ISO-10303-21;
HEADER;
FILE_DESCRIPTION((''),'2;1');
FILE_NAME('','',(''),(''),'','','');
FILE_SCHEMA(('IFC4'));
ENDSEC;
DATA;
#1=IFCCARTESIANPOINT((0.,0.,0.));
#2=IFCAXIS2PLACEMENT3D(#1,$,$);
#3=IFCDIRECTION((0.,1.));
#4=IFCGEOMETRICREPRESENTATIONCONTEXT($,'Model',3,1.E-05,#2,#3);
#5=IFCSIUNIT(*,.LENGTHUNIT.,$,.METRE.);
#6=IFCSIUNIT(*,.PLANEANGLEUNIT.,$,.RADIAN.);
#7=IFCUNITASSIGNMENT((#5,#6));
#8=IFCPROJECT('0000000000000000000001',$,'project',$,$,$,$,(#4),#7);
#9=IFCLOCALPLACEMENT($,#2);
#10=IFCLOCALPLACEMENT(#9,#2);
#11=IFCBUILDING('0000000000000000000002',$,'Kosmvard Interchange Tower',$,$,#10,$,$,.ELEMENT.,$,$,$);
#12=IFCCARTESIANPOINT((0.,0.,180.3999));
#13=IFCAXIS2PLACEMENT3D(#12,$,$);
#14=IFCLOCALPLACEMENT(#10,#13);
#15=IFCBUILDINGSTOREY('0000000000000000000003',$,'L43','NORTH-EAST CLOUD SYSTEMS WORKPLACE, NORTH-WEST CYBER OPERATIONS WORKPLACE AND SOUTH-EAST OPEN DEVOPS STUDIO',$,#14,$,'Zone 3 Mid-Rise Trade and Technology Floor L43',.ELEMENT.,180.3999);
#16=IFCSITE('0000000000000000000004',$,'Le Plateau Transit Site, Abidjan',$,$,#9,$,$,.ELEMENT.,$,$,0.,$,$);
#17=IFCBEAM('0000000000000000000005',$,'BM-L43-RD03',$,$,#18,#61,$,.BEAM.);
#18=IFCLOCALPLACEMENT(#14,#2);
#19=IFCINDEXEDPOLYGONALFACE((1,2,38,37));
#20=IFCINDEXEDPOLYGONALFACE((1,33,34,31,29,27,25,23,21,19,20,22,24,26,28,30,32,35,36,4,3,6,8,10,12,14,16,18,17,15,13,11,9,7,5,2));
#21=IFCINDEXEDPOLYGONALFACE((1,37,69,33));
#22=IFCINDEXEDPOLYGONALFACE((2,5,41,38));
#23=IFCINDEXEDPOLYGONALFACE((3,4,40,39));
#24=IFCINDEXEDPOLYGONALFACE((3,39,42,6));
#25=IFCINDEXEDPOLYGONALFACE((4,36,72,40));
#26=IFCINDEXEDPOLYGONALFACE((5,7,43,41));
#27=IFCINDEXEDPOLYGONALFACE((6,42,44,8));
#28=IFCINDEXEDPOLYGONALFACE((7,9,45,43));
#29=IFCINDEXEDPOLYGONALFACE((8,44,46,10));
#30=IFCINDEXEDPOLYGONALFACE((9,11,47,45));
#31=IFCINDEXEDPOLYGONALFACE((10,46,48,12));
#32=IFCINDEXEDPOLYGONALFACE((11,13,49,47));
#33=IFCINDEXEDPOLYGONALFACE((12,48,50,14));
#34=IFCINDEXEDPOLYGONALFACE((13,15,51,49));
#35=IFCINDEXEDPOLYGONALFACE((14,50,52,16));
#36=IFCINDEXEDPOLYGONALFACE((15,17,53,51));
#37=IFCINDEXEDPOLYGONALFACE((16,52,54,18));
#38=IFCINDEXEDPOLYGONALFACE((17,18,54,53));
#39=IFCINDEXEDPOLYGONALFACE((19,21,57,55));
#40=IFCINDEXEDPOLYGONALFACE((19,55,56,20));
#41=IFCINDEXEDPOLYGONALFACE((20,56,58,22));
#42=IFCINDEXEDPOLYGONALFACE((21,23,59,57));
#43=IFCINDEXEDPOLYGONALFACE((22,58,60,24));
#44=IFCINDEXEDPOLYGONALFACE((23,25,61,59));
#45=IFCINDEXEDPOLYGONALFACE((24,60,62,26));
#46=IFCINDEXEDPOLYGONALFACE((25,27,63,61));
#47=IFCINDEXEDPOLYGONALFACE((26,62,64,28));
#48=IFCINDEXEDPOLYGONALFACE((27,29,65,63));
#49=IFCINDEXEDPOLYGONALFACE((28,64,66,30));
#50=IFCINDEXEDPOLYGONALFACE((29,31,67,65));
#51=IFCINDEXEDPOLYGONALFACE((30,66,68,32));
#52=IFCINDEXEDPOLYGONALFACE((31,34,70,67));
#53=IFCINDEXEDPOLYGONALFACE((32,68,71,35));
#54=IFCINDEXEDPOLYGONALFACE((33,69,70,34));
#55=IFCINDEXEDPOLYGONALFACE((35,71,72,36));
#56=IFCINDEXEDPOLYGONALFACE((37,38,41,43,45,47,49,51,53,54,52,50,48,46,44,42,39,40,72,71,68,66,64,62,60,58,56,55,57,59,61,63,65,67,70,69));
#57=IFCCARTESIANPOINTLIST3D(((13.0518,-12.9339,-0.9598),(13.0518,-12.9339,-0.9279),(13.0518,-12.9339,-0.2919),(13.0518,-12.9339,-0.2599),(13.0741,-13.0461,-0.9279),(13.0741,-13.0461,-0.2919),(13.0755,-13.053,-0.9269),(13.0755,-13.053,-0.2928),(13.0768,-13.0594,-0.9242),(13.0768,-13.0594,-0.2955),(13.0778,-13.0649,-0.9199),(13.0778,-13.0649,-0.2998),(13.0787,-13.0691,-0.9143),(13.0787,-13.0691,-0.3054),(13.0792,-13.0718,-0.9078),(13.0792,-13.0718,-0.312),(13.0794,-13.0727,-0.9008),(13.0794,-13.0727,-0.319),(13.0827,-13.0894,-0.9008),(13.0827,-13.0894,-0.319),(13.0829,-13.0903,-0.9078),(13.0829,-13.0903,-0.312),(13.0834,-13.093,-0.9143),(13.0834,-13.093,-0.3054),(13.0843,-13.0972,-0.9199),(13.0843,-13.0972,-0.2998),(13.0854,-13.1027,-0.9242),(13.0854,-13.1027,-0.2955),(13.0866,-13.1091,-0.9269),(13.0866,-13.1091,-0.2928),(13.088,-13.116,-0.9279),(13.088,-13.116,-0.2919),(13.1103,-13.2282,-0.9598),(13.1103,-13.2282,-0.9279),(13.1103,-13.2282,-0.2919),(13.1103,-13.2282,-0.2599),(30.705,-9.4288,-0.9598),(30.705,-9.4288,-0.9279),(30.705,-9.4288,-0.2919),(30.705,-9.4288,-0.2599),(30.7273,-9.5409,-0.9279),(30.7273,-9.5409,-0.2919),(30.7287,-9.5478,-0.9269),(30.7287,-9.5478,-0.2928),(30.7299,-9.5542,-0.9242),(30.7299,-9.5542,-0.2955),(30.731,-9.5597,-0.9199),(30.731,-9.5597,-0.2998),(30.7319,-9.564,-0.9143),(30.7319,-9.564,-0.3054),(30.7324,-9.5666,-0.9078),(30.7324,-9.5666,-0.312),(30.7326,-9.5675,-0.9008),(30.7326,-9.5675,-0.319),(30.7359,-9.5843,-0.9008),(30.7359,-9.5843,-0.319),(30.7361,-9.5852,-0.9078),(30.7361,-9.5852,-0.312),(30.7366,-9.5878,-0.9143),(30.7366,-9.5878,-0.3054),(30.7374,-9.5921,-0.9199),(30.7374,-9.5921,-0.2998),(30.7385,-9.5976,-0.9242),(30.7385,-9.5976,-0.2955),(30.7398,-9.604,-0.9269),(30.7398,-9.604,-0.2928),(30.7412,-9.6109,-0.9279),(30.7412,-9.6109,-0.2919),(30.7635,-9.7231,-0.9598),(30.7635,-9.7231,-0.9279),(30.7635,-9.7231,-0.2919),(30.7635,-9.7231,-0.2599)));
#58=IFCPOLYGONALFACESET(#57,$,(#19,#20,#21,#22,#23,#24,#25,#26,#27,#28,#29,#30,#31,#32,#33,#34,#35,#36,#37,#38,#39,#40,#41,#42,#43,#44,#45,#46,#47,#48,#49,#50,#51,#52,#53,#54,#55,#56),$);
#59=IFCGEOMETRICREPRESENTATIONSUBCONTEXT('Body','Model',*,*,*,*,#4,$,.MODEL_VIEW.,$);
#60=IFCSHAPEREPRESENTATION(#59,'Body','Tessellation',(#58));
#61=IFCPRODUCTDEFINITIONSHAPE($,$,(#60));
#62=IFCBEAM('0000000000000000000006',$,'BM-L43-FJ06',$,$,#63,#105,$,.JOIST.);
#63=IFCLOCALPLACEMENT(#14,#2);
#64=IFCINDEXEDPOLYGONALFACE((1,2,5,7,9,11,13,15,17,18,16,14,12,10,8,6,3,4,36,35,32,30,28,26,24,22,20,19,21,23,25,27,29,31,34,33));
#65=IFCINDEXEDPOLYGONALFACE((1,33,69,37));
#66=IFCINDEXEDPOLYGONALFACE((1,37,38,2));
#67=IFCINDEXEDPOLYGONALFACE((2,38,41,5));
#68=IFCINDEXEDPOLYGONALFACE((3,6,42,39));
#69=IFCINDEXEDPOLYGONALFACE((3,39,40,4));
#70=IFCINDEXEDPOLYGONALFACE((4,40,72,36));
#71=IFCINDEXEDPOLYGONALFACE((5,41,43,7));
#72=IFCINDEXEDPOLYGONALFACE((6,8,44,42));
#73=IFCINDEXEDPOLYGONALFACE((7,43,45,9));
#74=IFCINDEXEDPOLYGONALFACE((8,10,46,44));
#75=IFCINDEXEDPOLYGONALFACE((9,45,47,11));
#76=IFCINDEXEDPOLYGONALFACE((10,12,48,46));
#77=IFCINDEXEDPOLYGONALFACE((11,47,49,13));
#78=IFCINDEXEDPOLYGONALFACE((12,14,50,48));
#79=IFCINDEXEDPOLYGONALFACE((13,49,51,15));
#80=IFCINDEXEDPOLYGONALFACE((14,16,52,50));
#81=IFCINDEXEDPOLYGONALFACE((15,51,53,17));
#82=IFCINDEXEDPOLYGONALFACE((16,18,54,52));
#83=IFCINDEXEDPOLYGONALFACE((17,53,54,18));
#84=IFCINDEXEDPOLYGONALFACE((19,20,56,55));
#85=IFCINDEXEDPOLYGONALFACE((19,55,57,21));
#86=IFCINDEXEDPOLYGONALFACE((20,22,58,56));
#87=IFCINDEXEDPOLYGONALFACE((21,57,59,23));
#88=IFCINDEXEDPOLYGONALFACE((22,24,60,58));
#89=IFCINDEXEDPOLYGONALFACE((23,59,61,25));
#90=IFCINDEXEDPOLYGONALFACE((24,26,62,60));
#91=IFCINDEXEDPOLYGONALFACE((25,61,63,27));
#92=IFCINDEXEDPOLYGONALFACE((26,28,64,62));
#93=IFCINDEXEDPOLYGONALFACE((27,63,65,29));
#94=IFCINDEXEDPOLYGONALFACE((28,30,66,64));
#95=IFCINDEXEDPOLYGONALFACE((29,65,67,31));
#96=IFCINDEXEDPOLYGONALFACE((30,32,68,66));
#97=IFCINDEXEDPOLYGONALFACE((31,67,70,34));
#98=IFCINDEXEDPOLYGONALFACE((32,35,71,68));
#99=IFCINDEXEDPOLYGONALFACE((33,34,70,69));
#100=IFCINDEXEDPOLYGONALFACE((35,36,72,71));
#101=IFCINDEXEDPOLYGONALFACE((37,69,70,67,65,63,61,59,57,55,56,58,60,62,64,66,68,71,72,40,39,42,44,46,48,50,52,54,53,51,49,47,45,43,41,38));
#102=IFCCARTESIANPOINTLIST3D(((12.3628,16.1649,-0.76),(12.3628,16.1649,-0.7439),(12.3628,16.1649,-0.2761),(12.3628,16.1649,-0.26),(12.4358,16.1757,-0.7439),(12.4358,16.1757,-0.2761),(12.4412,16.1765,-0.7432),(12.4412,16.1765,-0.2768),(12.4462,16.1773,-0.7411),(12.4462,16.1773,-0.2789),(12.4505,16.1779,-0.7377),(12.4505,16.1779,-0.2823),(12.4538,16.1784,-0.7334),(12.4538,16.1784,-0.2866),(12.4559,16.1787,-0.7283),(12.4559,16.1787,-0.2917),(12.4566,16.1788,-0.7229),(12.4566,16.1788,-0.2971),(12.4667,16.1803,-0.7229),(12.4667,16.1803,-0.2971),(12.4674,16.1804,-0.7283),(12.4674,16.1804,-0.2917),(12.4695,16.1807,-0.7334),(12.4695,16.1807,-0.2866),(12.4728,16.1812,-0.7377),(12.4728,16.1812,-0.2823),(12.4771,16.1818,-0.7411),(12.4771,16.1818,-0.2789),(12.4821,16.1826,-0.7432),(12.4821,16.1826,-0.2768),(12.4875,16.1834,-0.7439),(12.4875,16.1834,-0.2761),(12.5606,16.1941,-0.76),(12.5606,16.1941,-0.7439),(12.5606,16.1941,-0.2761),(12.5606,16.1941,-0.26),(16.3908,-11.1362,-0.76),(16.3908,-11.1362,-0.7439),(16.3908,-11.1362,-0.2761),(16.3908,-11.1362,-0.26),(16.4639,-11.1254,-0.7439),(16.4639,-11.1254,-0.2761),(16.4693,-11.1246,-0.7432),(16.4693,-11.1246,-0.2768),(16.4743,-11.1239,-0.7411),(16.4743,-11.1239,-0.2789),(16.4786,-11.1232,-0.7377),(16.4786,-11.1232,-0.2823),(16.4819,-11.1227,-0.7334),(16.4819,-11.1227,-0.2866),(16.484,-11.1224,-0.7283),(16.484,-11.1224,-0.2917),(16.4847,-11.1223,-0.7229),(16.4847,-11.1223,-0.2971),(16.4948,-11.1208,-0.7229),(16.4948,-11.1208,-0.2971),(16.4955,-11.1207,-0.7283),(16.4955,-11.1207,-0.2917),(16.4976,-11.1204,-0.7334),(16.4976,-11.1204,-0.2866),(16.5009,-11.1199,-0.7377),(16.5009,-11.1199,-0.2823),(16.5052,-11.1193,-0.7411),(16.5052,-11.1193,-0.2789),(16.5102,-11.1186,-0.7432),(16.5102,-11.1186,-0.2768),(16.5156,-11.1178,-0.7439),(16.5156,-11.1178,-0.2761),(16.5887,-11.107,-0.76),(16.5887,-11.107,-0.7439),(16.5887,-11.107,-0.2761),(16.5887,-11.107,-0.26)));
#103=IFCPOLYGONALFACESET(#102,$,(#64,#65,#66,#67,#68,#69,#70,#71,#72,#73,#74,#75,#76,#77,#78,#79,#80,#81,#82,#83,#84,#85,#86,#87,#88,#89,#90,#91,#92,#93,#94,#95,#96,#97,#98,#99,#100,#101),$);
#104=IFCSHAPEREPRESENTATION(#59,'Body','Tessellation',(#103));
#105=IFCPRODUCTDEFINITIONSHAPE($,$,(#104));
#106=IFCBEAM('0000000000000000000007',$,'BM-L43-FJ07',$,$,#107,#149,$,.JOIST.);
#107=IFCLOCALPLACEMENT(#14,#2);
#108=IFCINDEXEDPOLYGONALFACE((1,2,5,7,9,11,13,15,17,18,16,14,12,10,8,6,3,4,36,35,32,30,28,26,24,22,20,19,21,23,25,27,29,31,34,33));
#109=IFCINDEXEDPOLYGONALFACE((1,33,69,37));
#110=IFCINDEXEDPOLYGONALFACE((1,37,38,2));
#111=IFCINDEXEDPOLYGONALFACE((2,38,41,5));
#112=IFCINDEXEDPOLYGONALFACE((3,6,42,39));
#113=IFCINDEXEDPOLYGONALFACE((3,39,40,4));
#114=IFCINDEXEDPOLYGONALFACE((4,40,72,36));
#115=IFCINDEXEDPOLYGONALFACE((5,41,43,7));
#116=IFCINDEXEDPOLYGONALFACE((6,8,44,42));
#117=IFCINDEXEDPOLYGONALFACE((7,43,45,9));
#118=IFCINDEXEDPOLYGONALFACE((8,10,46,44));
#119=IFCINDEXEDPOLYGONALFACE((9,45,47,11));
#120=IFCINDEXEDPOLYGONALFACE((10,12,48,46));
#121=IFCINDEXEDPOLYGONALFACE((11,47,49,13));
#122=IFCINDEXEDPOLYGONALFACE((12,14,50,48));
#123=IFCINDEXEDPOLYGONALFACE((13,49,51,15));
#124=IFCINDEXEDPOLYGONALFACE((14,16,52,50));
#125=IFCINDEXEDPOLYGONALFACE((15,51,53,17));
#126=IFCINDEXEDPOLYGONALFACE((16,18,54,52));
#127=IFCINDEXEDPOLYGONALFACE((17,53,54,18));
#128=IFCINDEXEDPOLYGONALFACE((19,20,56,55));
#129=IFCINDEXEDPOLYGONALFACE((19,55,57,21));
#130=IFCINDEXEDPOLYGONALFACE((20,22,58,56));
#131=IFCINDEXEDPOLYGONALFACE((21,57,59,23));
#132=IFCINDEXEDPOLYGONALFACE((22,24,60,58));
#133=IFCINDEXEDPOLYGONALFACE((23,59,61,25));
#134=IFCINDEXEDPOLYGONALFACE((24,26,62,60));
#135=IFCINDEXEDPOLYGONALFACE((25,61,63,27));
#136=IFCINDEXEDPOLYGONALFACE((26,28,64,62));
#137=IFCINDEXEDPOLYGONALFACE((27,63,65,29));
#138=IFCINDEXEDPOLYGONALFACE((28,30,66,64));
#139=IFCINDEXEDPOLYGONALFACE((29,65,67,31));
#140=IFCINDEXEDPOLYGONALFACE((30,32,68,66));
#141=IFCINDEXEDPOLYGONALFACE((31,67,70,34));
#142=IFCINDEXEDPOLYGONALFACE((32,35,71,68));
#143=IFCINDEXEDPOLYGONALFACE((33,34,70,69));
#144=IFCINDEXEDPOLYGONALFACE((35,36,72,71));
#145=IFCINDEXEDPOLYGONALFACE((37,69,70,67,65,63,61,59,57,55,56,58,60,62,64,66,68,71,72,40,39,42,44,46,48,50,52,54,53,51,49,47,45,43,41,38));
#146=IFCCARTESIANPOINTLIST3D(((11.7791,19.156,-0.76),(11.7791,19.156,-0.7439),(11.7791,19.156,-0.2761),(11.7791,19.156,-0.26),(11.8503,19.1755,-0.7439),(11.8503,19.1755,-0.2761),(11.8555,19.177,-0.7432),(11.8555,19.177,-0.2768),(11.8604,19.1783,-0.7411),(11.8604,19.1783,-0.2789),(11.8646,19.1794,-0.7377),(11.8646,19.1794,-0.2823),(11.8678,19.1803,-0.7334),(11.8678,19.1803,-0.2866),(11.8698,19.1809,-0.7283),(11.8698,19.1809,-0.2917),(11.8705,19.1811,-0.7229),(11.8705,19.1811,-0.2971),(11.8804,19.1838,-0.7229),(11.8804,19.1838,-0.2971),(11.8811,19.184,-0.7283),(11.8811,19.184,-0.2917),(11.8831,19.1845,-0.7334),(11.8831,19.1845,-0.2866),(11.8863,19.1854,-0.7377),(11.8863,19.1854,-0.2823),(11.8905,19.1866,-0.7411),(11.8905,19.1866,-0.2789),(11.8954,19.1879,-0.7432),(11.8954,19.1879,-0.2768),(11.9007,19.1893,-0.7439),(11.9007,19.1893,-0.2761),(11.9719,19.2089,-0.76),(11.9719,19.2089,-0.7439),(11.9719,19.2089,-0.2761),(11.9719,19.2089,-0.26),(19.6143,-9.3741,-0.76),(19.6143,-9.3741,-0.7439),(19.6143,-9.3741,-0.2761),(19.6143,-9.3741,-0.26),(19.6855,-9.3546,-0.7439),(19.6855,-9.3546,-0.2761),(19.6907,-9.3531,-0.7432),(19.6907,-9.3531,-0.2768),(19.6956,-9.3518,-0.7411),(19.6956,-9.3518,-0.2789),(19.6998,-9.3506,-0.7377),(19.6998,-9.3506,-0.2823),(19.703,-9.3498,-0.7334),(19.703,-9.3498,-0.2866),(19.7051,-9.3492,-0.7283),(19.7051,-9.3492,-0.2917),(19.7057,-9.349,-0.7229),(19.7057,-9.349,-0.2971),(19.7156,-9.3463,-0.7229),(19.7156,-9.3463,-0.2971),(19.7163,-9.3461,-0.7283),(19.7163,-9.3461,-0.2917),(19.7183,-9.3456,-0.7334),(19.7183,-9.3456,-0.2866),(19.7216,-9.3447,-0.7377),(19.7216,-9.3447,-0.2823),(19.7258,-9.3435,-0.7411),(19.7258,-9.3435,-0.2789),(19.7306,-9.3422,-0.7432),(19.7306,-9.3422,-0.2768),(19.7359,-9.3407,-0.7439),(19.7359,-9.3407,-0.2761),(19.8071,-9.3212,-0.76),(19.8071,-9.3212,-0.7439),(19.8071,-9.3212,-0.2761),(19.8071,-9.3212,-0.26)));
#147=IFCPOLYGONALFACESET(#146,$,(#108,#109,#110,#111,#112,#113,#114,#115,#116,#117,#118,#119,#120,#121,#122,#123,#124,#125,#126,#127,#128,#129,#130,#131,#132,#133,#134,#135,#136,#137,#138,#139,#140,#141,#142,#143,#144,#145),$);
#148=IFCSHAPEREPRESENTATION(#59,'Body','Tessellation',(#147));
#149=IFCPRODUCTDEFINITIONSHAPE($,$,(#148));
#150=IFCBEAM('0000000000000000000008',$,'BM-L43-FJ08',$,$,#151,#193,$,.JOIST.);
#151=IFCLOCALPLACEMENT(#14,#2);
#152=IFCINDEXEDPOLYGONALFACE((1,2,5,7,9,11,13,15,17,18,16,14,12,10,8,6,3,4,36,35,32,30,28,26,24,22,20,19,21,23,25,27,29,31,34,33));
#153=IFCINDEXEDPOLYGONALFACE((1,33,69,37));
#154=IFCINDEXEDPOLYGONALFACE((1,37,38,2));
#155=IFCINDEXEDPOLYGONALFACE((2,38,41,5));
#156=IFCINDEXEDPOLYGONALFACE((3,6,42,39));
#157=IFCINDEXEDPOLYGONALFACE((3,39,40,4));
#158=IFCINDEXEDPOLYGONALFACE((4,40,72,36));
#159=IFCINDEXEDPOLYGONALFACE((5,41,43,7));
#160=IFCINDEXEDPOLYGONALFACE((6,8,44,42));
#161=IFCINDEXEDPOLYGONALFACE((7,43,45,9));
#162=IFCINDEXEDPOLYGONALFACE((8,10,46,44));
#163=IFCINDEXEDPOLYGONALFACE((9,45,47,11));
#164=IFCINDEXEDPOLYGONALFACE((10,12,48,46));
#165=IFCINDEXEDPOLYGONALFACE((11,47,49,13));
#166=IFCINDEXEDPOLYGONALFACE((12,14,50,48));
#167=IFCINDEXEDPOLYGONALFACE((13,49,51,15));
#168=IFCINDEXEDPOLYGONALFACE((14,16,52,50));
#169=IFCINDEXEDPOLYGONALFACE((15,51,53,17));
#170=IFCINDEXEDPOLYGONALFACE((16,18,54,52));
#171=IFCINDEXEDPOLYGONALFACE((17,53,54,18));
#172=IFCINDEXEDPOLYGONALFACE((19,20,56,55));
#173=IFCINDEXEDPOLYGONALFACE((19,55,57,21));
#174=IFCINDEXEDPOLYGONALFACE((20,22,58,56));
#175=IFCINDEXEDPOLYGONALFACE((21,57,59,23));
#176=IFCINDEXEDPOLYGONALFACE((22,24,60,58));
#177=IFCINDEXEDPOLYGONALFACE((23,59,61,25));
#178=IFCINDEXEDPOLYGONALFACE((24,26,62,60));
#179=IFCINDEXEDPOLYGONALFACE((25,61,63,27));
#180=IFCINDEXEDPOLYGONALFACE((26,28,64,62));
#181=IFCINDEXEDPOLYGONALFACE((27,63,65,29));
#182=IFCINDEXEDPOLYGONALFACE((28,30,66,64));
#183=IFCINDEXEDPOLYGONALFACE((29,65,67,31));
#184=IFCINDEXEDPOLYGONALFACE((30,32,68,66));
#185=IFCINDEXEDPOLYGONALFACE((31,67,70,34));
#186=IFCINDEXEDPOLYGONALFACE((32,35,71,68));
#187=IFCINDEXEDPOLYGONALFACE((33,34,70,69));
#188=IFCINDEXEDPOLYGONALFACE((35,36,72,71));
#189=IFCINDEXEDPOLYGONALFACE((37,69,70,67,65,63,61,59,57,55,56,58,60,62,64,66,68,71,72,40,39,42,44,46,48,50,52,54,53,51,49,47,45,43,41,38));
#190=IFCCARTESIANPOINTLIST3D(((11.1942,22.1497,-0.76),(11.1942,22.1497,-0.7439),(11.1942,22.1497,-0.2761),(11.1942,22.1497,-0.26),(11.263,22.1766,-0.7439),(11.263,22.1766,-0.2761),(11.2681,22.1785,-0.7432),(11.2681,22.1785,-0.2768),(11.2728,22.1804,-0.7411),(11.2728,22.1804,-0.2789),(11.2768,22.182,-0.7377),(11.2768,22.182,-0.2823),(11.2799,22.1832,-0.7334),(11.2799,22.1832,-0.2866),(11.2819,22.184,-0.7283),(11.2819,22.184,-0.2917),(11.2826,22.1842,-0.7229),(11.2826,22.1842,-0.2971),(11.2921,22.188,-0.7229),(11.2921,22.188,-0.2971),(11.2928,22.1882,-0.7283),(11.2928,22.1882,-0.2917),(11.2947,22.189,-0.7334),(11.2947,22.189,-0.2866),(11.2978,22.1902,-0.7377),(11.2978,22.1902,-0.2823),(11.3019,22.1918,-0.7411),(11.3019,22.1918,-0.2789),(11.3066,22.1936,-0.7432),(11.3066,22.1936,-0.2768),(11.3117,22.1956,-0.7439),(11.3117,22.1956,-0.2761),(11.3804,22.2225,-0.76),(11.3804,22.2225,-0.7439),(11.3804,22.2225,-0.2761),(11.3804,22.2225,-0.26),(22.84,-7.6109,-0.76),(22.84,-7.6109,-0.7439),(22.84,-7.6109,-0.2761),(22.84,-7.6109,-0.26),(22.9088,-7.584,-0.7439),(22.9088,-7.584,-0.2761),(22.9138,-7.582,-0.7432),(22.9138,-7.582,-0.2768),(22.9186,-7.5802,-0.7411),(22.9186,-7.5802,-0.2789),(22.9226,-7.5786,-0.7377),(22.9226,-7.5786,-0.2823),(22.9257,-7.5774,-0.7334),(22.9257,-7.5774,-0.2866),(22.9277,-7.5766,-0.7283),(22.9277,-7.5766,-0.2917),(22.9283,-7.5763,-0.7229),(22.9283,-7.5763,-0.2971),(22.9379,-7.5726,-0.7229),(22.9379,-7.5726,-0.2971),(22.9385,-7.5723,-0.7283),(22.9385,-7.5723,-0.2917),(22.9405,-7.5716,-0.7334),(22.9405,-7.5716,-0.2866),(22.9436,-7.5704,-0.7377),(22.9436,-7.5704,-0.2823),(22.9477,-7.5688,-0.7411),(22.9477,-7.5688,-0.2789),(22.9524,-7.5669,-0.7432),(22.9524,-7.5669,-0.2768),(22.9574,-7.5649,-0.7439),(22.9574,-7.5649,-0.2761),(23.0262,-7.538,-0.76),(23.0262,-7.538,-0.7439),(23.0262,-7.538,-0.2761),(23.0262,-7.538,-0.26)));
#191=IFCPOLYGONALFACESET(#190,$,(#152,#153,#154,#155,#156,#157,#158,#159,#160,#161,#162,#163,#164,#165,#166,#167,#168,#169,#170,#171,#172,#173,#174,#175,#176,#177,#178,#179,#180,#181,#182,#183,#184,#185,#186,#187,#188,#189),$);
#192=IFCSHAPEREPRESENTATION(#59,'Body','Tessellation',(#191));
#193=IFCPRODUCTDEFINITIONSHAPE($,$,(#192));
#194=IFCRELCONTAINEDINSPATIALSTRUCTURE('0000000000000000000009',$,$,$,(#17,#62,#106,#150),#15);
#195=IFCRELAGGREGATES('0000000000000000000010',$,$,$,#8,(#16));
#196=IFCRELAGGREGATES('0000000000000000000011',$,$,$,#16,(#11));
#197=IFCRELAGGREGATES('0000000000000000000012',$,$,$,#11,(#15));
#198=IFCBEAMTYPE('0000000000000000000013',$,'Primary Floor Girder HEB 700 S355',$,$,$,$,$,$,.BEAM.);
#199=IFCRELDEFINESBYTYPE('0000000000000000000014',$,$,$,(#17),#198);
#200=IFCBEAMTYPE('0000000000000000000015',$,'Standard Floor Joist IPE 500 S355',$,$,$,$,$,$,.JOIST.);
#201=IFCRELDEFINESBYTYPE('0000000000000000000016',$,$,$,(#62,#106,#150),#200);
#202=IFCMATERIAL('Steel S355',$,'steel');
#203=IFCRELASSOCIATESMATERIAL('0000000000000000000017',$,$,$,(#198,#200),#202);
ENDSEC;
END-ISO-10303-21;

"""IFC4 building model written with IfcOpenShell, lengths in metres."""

from ifc_helpers import new_model, si_unit, direction, frame, origin, origin_2d, place, context, subcontext, project, spatial, i_section, extrude, source, transform, mapped, material, material_profile, profile_set, type_object, element, save


model = new_model("IFC4")

# Units and contexts
model_context = context("Model", 3, precision=1e-05, world=origin(), true_north=direction((0.0, 1.0)))
body_context = subcontext(model_context, "Body", "Model", "MODEL_VIEW")
ifc_project = project(units=[si_unit("LENGTHUNIT", "METRE"), si_unit("PLANEANGLEUNIT", "RADIAN")], contexts=[model_context])

# Site, building, storey
site_placement = place(None, origin())
site = spatial("IfcSite", under=ifc_project, at=site_placement, Name="Le Plateau Transit Site, Abidjan", CompositionType="ELEMENT", RefElevation=0.0)
building_placement = place(site_placement, origin())
building = spatial("IfcBuilding", under=site, at=building_placement, Name="Kosmvard Interchange Tower", CompositionType="ELEMENT")
storey_placement = place(building_placement, frame((0.0, 0.0, 180.3999)))
storey = spatial("IfcBuildingStorey", under=building, at=storey_placement, Name="L43", Description="NORTH-EAST CLOUD SYSTEMS WORKPLACE, NORTH-WEST CYBER OPERATIONS WORKPLACE AND SOUTH-EAST OPEN DEVOPS STUDIO", LongName="Zone 3 Mid-Rise Trade and Technology Floor L43", CompositionType="ELEMENT", Elevation=180.3999)

# Beams
ifc_material_1 = material(Name="Steel S355", Category="steel")
ifc_material_profile_1 = material_profile(ifc_material_1, i_section(OverallWidth=0.3, OverallDepth=0.7, WebThickness=0.0171, FlangeThickness=0.032, FilletRadius=0.0271, at=origin_2d()), Name="HEB 700")
ifc_profile_set_1 = profile_set([ifc_material_profile_1], Name="Steel S355")
beam_type_1 = type_object("IfcBeamType", Name="Primary Floor Girder HEB 700 S355", PredefinedType="BEAM", material=ifc_profile_set_1)
shared_shape_1 = source(origin(), body_context, "Body", "SweptSolid", [
    extrude(i_section(OverallWidth=0.3, OverallDepth=0.7, WebThickness=0.0171, FlangeThickness=0.032, FilletRadius=0.0271, at=origin_2d()), origin(), (0.0, 0.0, 1.0), 17.9978),
])
beam_1_placement = place(storey_placement, frame((13.0811, -13.0811, -0.6099), z_axis=(0.980852, 0.194754, 0.0), x_axis=(-0.194754, 0.980852, 0.0)))
element("IfcBeam", 1, at=beam_1_placement, inside=storey, type_object=beam_type_1, Name="BM-L43-RD03", PredefinedType="BEAM", context=body_context, shape_type="MappedRepresentation", body=[
    mapped(shared_shape_1, transform((0.0, 0.0, 0.0), scale=1.0)),
])
ifc_material_profile_2 = material_profile(ifc_material_1, i_section(OverallWidth=0.2, OverallDepth=0.5, WebThickness=0.0103, FlangeThickness=0.0161, FilletRadius=0.021, at=origin_2d()), Name="IPE 500")
ifc_profile_set_2 = profile_set([ifc_material_profile_2], Name="Steel S355")
beam_type_2 = type_object("IfcBeamType", Name="Standard Floor Joist IPE 500 S355", PredefinedType="JOIST", material=ifc_profile_set_2)
shared_shape_2 = source(origin(), body_context, "Body", "SweptSolid", [
    extrude(i_section(OverallWidth=0.2, OverallDepth=0.5, WebThickness=0.0103, FlangeThickness=0.0161, FilletRadius=0.021, at=origin_2d()), origin(), (0.0, 0.0, 1.0), 27.5967),
])
beam_2_placement = place(storey_placement, frame((16.4897, -11.1216, -0.51), z_axis=(-0.145963, 0.98929, 0.0), x_axis=(-0.98929, -0.145963, 0.0)))
element("IfcBeam", 2, at=beam_2_placement, inside=storey, type_object=beam_type_2, Name="BM-L43-FJ06", PredefinedType="JOIST", context=body_context, shape_type="MappedRepresentation", body=[
    mapped(shared_shape_2, transform((0.0, 0.0, 0.0), scale=1.0)),
])
shared_shape_3 = source(origin(), body_context, "Body", "SweptSolid", [
    extrude(i_section(OverallWidth=0.2, OverallDepth=0.5, WebThickness=0.0103, FlangeThickness=0.0161, FilletRadius=0.021, at=origin_2d()), origin(), (0.0, 0.0, 1.0), 29.5864),
])
beam_3_placement = place(storey_placement, frame((19.7107, -9.3477, -0.51), z_axis=(-0.264825, 0.964297, 0.0), x_axis=(-0.964297, -0.264825, 0.0)))
element("IfcBeam", 3, at=beam_3_placement, inside=storey, type_object=beam_type_2, Name="BM-L43-FJ07", PredefinedType="JOIST", context=body_context, shape_type="MappedRepresentation", body=[
    mapped(shared_shape_3, transform((0.0, 0.0, 0.0), scale=1.0)),
])
shared_shape_4 = source(origin(), body_context, "Body", "SweptSolid", [
    extrude(i_section(OverallWidth=0.2, OverallDepth=0.5, WebThickness=0.0103, FlangeThickness=0.0161, FilletRadius=0.021, at=origin_2d()), origin(), (0.0, 0.0, 1.0), 31.958),
])
beam_4_placement = place(storey_placement, frame((22.9331, -7.5745, -0.51), z_axis=(-0.364409, 0.931239, 0.0), x_axis=(-0.931239, -0.364409, 0.0)))
element("IfcBeam", 4, at=beam_4_placement, inside=storey, type_object=beam_type_2, Name="BM-L43-FJ08", PredefinedType="JOIST", context=body_context, shape_type="MappedRepresentation", body=[
    mapped(shared_shape_4, transform((0.0, 0.0, 0.0), scale=1.0)),
])

save(model, "model.ifc")
